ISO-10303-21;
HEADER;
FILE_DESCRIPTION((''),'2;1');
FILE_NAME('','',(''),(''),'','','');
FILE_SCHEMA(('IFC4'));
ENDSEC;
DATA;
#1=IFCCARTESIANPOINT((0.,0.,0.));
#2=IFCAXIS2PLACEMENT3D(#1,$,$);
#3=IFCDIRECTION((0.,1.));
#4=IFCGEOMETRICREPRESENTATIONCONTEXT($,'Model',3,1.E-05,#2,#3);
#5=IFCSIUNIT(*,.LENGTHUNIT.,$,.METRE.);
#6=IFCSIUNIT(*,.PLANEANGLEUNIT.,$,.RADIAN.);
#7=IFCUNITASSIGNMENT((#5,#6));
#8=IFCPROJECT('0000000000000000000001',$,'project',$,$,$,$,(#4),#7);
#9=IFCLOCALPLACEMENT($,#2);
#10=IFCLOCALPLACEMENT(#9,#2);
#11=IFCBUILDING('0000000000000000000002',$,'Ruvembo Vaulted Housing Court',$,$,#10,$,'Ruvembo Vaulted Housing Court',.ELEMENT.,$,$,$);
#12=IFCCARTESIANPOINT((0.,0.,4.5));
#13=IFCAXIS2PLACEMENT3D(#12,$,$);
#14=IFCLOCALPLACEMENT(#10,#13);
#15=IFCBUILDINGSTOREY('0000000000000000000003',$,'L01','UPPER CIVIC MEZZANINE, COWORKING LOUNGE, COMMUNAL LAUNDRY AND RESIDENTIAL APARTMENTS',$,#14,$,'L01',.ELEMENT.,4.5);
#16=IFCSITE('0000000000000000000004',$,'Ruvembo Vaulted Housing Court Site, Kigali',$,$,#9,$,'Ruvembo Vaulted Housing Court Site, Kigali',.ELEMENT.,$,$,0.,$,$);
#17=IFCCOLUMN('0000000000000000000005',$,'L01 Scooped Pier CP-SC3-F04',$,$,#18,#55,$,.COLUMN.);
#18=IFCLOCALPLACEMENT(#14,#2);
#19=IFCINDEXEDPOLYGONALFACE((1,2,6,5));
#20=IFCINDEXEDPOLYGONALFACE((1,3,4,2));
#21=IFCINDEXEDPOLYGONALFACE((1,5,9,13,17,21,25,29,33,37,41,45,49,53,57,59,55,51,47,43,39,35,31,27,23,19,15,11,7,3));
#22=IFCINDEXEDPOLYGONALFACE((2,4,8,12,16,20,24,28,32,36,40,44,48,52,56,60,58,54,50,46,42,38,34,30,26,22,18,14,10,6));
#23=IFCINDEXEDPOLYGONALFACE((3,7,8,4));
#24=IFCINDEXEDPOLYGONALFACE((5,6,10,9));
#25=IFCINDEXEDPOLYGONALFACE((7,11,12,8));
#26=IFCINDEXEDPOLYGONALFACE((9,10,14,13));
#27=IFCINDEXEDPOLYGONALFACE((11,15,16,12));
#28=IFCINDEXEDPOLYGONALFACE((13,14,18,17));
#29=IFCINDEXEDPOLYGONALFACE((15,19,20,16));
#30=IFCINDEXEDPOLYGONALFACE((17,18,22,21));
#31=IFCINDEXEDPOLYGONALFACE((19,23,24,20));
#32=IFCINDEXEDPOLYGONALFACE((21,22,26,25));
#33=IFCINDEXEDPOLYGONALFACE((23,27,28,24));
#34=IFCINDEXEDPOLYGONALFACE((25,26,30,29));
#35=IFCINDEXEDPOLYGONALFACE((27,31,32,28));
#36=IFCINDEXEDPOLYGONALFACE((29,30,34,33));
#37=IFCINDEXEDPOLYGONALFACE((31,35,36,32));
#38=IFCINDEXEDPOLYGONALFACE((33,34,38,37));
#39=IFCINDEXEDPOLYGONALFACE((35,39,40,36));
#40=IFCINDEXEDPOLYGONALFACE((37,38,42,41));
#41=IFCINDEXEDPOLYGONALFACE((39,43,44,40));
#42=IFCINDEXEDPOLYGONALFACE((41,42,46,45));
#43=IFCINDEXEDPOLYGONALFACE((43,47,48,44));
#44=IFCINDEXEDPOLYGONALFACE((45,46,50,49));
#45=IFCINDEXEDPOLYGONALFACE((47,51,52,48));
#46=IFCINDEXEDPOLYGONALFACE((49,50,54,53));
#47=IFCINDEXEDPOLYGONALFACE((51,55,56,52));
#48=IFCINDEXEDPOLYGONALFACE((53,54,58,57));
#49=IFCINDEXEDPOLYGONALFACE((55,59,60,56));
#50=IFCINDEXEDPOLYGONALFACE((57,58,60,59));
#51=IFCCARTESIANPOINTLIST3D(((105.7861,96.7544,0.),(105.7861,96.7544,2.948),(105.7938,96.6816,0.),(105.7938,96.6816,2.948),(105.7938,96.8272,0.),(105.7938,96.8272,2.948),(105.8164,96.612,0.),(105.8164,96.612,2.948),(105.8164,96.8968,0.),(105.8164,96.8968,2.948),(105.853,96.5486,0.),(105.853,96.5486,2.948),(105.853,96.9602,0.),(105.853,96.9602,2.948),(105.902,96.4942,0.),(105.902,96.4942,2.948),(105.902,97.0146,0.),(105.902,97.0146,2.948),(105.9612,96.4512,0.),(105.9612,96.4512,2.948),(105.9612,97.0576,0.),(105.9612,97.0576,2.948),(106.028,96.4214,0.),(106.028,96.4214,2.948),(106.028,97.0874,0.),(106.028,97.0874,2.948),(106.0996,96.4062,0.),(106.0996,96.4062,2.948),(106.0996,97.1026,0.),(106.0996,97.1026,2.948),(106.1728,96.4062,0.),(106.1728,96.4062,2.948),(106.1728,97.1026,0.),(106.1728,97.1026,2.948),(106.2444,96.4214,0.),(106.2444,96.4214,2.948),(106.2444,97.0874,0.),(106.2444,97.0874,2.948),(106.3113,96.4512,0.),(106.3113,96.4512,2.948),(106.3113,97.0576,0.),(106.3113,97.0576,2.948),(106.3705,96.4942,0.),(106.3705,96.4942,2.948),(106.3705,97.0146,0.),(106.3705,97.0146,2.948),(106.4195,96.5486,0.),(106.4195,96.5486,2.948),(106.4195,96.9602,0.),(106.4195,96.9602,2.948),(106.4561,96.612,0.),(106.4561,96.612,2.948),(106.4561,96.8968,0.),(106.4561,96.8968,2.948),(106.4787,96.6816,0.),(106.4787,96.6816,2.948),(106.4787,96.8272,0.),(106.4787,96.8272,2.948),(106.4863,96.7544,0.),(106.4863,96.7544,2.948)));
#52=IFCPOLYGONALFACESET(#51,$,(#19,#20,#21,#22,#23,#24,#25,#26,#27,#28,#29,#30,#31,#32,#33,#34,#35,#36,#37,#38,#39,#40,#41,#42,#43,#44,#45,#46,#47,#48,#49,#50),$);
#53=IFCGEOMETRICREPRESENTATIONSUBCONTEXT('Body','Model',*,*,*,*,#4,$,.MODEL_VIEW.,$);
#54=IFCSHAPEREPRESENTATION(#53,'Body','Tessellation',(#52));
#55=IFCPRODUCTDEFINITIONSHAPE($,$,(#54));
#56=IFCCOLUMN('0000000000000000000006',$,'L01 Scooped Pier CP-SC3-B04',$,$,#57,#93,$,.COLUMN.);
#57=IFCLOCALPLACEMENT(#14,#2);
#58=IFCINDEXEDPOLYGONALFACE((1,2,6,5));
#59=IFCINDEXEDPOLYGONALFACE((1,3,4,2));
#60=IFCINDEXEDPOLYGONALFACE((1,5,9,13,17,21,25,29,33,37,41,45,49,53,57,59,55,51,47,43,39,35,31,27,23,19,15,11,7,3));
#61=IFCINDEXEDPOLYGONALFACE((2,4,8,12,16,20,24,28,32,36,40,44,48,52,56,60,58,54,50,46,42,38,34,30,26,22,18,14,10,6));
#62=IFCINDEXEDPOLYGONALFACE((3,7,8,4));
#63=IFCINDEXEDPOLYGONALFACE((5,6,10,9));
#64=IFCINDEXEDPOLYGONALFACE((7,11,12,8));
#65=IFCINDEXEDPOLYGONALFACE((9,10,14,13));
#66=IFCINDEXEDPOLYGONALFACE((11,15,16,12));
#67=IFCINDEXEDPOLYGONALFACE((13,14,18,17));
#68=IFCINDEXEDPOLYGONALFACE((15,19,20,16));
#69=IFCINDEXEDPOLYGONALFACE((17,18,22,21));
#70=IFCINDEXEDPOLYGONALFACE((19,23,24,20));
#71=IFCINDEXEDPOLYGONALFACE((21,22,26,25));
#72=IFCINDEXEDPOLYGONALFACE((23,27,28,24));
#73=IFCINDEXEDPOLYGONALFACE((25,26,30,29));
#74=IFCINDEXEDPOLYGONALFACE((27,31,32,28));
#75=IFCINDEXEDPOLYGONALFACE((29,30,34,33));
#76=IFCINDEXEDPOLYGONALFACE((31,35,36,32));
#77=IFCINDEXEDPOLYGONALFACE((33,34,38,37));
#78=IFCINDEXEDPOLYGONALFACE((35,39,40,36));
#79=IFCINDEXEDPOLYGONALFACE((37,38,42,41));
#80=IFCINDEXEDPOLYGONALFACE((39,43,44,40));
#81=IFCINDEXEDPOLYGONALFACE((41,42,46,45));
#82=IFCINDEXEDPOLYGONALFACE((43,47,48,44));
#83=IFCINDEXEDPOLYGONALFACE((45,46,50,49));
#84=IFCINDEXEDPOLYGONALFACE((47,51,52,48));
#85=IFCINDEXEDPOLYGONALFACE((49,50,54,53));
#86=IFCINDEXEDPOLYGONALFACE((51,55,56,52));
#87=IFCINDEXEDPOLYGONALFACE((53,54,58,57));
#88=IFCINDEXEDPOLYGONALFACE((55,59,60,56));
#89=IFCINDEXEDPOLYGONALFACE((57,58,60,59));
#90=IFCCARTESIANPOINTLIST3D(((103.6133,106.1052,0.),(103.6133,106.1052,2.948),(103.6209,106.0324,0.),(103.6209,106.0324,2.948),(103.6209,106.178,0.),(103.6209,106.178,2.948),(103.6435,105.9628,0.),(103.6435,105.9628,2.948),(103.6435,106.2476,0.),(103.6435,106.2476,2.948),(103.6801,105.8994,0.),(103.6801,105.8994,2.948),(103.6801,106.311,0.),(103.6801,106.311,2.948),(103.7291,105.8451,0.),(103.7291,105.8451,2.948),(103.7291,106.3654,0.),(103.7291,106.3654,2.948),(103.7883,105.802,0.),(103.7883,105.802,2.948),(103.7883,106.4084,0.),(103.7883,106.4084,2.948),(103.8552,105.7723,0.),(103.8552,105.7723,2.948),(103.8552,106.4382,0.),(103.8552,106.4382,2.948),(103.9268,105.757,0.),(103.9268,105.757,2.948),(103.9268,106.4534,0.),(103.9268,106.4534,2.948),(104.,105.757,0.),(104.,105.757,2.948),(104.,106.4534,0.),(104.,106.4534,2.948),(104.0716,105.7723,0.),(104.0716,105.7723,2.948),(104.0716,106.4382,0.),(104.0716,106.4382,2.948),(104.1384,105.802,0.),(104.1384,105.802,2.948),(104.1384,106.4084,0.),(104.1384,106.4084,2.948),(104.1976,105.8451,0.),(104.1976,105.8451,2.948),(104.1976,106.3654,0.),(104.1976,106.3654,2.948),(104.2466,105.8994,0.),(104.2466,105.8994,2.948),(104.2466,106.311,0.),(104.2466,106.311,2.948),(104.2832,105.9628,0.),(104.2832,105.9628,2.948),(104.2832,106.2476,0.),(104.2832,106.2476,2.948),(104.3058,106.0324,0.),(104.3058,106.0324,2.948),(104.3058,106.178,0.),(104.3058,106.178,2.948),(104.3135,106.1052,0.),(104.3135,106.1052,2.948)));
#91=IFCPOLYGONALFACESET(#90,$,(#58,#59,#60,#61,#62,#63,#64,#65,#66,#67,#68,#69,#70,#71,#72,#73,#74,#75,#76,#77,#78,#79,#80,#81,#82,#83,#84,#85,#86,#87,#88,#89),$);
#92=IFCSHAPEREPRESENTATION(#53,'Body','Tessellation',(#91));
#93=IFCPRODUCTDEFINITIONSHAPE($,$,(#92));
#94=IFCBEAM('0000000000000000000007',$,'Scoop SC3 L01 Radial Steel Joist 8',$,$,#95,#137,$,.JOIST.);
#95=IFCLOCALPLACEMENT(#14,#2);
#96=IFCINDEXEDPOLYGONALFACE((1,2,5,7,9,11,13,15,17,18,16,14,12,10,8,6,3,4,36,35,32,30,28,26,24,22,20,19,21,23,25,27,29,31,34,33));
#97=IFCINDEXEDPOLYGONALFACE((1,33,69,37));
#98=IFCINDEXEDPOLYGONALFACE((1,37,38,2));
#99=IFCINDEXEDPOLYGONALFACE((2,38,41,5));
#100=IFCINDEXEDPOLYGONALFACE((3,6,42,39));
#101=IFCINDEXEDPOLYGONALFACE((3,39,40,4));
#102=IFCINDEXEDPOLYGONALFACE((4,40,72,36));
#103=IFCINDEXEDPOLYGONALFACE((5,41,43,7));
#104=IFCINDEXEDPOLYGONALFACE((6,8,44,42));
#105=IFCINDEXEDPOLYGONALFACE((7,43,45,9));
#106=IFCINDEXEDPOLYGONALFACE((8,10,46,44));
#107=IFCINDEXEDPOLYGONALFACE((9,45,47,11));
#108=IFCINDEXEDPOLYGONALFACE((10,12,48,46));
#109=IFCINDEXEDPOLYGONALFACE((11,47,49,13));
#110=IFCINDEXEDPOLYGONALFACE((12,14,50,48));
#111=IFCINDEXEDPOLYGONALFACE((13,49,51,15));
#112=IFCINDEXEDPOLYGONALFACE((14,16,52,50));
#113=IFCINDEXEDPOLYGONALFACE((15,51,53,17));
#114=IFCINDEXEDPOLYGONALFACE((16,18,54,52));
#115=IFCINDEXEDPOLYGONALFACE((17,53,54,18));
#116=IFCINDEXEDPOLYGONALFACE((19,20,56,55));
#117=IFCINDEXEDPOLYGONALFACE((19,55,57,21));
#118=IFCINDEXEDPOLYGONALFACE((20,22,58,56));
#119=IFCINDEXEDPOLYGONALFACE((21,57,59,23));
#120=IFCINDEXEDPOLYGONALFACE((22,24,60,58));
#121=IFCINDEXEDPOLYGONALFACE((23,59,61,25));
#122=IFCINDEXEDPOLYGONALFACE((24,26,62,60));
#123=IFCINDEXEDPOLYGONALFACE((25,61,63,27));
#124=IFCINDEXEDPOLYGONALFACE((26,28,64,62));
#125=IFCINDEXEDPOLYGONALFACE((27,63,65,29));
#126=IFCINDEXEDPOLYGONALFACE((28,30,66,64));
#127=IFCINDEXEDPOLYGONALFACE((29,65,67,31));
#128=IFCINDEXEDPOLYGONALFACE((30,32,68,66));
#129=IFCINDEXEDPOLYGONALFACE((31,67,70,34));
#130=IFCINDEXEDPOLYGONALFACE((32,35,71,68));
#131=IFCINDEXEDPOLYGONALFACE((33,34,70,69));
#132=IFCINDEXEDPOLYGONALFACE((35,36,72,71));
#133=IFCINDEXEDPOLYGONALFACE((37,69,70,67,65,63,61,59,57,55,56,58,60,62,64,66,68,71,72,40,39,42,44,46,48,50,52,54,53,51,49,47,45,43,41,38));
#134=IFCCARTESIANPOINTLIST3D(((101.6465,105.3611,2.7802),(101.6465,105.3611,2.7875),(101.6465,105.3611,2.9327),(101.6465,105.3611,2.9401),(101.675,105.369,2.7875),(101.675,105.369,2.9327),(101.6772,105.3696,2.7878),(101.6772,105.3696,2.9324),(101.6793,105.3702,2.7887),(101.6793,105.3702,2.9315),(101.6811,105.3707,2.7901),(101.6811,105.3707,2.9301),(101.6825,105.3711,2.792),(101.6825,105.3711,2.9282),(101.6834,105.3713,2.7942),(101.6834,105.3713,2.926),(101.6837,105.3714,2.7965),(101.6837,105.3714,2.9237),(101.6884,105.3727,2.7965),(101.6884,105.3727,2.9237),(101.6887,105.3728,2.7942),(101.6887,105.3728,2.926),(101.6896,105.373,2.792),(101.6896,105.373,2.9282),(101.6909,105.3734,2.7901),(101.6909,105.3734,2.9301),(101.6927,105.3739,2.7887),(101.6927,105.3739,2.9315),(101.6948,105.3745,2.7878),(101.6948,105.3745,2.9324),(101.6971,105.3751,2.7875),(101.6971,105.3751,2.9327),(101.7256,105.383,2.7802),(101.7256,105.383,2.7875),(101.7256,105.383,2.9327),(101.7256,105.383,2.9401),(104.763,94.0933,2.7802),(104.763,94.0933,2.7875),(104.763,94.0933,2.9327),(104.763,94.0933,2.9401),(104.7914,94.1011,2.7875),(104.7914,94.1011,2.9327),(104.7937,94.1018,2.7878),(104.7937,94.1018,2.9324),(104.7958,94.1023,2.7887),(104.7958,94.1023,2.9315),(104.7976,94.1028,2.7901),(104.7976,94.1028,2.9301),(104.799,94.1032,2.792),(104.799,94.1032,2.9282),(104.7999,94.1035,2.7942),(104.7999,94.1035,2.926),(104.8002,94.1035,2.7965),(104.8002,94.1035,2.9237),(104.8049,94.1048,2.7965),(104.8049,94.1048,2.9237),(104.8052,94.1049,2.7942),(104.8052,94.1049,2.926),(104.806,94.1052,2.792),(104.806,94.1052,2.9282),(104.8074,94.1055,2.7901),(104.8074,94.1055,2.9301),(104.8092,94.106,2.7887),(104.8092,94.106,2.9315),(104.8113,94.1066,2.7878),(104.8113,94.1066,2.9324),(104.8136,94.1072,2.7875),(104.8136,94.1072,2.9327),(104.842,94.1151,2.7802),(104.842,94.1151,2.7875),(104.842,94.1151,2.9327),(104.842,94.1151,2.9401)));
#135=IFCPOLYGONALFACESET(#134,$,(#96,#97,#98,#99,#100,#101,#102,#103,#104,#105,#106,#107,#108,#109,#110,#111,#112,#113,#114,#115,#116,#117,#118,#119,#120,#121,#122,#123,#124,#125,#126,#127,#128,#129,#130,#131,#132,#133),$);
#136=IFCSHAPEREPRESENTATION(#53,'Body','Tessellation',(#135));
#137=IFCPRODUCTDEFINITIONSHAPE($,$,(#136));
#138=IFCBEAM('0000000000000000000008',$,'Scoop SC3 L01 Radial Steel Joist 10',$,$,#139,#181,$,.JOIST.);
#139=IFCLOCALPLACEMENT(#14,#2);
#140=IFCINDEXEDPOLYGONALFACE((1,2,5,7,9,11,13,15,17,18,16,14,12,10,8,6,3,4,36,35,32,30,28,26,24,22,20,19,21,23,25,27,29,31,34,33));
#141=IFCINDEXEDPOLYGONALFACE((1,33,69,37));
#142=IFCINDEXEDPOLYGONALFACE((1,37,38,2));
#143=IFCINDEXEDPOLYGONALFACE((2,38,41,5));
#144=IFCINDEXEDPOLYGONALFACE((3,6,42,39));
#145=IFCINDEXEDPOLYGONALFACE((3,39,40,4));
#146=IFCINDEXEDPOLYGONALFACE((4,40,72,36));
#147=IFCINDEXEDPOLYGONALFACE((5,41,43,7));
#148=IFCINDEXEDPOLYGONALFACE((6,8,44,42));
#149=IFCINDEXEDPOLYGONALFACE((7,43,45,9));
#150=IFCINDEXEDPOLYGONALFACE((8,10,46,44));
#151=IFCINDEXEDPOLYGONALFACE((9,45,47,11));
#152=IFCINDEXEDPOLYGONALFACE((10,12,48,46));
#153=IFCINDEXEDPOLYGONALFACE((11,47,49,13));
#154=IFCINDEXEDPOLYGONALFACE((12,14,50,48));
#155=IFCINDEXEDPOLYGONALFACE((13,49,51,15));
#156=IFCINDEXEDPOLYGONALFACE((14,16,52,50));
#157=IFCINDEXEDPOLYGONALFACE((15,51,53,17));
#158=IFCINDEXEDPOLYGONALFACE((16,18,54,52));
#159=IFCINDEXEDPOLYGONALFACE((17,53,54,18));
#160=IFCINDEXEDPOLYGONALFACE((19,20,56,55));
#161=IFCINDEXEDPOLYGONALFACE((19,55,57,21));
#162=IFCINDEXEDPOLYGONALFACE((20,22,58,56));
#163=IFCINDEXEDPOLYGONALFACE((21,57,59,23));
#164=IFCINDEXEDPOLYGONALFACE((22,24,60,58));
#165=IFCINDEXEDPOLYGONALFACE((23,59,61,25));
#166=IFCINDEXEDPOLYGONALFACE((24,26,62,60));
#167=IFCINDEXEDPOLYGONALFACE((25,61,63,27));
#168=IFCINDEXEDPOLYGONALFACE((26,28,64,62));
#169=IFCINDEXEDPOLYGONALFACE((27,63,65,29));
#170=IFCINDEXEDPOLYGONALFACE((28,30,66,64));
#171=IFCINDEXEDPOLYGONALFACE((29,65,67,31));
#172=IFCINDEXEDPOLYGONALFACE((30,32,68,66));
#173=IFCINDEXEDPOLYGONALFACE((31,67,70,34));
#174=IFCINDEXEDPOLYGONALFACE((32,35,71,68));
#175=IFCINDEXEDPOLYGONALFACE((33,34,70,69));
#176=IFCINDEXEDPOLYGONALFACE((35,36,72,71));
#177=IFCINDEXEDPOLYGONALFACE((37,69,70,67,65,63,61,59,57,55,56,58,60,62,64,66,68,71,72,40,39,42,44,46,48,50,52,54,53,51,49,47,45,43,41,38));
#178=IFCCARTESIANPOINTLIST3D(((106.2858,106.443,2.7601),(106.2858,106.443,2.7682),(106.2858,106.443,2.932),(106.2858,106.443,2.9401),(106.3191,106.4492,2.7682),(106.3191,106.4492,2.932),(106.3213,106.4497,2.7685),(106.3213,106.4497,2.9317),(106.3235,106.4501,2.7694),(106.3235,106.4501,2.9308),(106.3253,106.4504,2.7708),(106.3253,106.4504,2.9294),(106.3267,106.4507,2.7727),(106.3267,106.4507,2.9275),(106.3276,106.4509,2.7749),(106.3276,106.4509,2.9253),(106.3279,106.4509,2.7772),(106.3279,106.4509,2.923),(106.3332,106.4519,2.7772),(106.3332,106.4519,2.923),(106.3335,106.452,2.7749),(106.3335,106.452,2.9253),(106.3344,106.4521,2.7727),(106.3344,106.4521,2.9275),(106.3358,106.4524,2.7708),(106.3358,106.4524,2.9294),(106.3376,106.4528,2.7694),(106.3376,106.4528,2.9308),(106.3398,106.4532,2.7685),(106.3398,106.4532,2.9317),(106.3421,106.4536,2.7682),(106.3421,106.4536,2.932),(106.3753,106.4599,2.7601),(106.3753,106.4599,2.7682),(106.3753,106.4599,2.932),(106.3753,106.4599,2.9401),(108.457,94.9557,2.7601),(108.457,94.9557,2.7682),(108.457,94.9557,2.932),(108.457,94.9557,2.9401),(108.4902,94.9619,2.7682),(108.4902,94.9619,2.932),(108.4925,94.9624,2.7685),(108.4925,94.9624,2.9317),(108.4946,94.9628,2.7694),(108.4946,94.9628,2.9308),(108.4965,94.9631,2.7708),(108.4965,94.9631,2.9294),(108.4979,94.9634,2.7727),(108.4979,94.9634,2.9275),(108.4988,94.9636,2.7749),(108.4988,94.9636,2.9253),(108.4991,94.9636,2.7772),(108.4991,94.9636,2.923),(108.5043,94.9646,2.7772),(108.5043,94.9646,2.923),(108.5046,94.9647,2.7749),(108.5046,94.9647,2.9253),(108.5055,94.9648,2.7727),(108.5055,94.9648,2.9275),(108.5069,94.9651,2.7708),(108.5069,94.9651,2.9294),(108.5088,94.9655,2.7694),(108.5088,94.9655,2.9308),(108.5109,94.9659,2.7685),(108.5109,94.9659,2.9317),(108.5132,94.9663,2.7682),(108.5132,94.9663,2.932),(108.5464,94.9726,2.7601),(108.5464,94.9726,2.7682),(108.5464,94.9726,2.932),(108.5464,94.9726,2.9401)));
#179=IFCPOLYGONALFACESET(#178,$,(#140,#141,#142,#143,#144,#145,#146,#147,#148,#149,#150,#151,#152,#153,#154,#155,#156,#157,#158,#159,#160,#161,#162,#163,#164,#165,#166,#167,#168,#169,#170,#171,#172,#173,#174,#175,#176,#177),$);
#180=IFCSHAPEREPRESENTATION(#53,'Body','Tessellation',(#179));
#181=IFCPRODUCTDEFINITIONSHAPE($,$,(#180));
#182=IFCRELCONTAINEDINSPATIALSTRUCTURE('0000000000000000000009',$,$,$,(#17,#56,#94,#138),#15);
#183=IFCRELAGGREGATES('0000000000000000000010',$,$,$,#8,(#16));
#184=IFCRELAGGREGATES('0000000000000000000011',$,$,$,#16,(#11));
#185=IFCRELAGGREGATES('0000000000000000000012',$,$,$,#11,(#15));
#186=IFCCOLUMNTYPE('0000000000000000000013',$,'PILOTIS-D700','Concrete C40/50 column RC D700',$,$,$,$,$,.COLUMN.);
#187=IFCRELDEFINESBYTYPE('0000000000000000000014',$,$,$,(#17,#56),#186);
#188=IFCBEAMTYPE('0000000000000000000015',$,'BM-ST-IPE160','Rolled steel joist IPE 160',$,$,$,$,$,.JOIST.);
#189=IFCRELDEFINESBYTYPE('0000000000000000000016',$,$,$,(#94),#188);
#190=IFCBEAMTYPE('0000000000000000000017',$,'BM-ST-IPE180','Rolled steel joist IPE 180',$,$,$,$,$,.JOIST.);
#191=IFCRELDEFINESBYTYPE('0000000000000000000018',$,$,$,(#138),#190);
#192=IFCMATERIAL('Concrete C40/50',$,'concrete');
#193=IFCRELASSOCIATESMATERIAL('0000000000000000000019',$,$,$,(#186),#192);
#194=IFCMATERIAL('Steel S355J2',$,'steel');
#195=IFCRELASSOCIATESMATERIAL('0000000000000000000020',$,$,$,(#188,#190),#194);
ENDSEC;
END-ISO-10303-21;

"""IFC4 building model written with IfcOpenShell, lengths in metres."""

from ifc_helpers import new_model, si_unit, direction, frame, origin, origin_2d, place, context, subcontext, project, spatial, circle, i_section, extrude, material, material_profile, profile_set, type_object, element, save


model = new_model("IFC4")

# Units and contexts
model_context = context("Model", 3, precision=1e-05, world=origin(), true_north=direction((0.0, 1.0)))
body_context = subcontext(model_context, "Body", "Model", "MODEL_VIEW")
ifc_project = project(units=[si_unit("LENGTHUNIT", "METRE"), si_unit("PLANEANGLEUNIT", "RADIAN")], contexts=[model_context])

# Site, building, storey
site_placement = place(None, origin())
site = spatial("IfcSite", under=ifc_project, at=site_placement, Name="Ruvembo Vaulted Housing Court Site, Kigali", LongName="Ruvembo Vaulted Housing Court Site, Kigali", CompositionType="ELEMENT", RefElevation=0.0)
building_placement = place(site_placement, origin())
building = spatial("IfcBuilding", under=site, at=building_placement, Name="Ruvembo Vaulted Housing Court", LongName="Ruvembo Vaulted Housing Court", CompositionType="ELEMENT")
storey_placement = place(building_placement, frame((0.0, 0.0, 4.5)))
storey = spatial("IfcBuildingStorey", under=building, at=storey_placement, Name="L01", Description="UPPER CIVIC MEZZANINE, COWORKING LOUNGE, COMMUNAL LAUNDRY AND RESIDENTIAL APARTMENTS", LongName="L01", CompositionType="ELEMENT", Elevation=4.5)

# Columns
ifc_material_1 = material(Name="Concrete C40/50", Category="concrete")
ifc_material_profile_1 = material_profile(ifc_material_1, circle(Radius=0.3501, at=origin_2d()), Name="RC D700")
ifc_profile_set_1 = profile_set([ifc_material_profile_1], Name="Concrete C40/50")
column_type = type_object("IfcColumnType", Name="PILOTIS-D700", Description="Concrete C40/50 column RC D700", PredefinedType="COLUMN", material=ifc_profile_set_1)
for number, where, z_axis, x_axis, name in (
    (1, (106.1362, 96.7544, 0.0), (0.0, 0.0, 1.0), (1.0, 0.0, 0.0), "L01 Scooped Pier CP-SC3-F04"),
    (2, (103.9634, 106.1052, 0.0), (0.0, 0.0, 1.0), (1.0, 0.0, 0.0), "L01 Scooped Pier CP-SC3-B04"),
):
    element("IfcColumn", number, at=place(storey_placement, frame(where, z_axis=z_axis, x_axis=x_axis)), inside=storey, type_object=column_type, Name=name, PredefinedType="COLUMN", context=body_context, shape_type="SweptSolid", body=[
        extrude(circle(Radius=0.3501, at=origin_2d()), origin(), (0.0, 0.0, 1.0), 2.948),
    ])

# Beams
ifc_material_2 = material(Name="Steel S355J2", Category="steel")
ifc_material_profile_2 = material_profile(ifc_material_2, i_section(OverallWidth=0.082, OverallDepth=0.1599, WebThickness=0.0049, FlangeThickness=0.0073, FilletRadius=0.009, at=origin_2d()), Name="IPE 160")
ifc_profile_set_2 = profile_set([ifc_material_profile_2], Name="Steel S355J2")
beam_type_1 = type_object("IfcBeamType", Name="BM-ST-IPE160", Description="Rolled steel joist IPE 160", PredefinedType="JOIST", material=ifc_profile_set_2)
beam_1_placement = place(storey_placement, frame((101.686, 105.3721, 2.8601), z_axis=(0.266572, -0.963815, 0.0), x_axis=(0.963815, 0.266572, 0.0)))
element("IfcBeam", 3, at=beam_1_placement, inside=storey, type_object=beam_type_1, Name="Scoop SC3 L01 Radial Steel Joist 8", PredefinedType="JOIST", context=body_context, shape_type="SweptSolid", body=[
    extrude(i_section(OverallWidth=0.082, OverallDepth=0.1599, WebThickness=0.0049, FlangeThickness=0.0073, FilletRadius=0.009, at=origin_2d()), origin(), (0.0, 0.0, 1.0), 11.6909),
])
ifc_material_profile_3 = material_profile(ifc_material_2, i_section(OverallWidth=0.0911, OverallDepth=0.1799, WebThickness=0.0054, FlangeThickness=0.0081, FilletRadius=0.009, at=origin_2d()), Name="IPE 180")
ifc_profile_set_3 = profile_set([ifc_material_profile_3], Name="Steel S355J2")
beam_type_2 = type_object("IfcBeamType", Name="BM-ST-IPE180", Description="Rolled steel joist IPE 180", PredefinedType="JOIST", material=ifc_profile_set_3)
beam_2_placement = place(storey_placement, frame((106.3306, 106.4514, 2.8501), z_axis=(0.185716, -0.982604, 0.0), x_axis=(0.982604, 0.185716, 0.0)))
element("IfcBeam", 4, at=beam_2_placement, inside=storey, type_object=beam_type_2, Name="Scoop SC3 L01 Radial Steel Joist 10", PredefinedType="JOIST", context=body_context, shape_type="SweptSolid", body=[
    extrude(i_section(OverallWidth=0.0911, OverallDepth=0.1799, WebThickness=0.0054, FlangeThickness=0.0081, FilletRadius=0.009, at=origin_2d()), origin(), (0.0, 0.0, 1.0), 11.6907),
])

save(model, "model.ifc")
